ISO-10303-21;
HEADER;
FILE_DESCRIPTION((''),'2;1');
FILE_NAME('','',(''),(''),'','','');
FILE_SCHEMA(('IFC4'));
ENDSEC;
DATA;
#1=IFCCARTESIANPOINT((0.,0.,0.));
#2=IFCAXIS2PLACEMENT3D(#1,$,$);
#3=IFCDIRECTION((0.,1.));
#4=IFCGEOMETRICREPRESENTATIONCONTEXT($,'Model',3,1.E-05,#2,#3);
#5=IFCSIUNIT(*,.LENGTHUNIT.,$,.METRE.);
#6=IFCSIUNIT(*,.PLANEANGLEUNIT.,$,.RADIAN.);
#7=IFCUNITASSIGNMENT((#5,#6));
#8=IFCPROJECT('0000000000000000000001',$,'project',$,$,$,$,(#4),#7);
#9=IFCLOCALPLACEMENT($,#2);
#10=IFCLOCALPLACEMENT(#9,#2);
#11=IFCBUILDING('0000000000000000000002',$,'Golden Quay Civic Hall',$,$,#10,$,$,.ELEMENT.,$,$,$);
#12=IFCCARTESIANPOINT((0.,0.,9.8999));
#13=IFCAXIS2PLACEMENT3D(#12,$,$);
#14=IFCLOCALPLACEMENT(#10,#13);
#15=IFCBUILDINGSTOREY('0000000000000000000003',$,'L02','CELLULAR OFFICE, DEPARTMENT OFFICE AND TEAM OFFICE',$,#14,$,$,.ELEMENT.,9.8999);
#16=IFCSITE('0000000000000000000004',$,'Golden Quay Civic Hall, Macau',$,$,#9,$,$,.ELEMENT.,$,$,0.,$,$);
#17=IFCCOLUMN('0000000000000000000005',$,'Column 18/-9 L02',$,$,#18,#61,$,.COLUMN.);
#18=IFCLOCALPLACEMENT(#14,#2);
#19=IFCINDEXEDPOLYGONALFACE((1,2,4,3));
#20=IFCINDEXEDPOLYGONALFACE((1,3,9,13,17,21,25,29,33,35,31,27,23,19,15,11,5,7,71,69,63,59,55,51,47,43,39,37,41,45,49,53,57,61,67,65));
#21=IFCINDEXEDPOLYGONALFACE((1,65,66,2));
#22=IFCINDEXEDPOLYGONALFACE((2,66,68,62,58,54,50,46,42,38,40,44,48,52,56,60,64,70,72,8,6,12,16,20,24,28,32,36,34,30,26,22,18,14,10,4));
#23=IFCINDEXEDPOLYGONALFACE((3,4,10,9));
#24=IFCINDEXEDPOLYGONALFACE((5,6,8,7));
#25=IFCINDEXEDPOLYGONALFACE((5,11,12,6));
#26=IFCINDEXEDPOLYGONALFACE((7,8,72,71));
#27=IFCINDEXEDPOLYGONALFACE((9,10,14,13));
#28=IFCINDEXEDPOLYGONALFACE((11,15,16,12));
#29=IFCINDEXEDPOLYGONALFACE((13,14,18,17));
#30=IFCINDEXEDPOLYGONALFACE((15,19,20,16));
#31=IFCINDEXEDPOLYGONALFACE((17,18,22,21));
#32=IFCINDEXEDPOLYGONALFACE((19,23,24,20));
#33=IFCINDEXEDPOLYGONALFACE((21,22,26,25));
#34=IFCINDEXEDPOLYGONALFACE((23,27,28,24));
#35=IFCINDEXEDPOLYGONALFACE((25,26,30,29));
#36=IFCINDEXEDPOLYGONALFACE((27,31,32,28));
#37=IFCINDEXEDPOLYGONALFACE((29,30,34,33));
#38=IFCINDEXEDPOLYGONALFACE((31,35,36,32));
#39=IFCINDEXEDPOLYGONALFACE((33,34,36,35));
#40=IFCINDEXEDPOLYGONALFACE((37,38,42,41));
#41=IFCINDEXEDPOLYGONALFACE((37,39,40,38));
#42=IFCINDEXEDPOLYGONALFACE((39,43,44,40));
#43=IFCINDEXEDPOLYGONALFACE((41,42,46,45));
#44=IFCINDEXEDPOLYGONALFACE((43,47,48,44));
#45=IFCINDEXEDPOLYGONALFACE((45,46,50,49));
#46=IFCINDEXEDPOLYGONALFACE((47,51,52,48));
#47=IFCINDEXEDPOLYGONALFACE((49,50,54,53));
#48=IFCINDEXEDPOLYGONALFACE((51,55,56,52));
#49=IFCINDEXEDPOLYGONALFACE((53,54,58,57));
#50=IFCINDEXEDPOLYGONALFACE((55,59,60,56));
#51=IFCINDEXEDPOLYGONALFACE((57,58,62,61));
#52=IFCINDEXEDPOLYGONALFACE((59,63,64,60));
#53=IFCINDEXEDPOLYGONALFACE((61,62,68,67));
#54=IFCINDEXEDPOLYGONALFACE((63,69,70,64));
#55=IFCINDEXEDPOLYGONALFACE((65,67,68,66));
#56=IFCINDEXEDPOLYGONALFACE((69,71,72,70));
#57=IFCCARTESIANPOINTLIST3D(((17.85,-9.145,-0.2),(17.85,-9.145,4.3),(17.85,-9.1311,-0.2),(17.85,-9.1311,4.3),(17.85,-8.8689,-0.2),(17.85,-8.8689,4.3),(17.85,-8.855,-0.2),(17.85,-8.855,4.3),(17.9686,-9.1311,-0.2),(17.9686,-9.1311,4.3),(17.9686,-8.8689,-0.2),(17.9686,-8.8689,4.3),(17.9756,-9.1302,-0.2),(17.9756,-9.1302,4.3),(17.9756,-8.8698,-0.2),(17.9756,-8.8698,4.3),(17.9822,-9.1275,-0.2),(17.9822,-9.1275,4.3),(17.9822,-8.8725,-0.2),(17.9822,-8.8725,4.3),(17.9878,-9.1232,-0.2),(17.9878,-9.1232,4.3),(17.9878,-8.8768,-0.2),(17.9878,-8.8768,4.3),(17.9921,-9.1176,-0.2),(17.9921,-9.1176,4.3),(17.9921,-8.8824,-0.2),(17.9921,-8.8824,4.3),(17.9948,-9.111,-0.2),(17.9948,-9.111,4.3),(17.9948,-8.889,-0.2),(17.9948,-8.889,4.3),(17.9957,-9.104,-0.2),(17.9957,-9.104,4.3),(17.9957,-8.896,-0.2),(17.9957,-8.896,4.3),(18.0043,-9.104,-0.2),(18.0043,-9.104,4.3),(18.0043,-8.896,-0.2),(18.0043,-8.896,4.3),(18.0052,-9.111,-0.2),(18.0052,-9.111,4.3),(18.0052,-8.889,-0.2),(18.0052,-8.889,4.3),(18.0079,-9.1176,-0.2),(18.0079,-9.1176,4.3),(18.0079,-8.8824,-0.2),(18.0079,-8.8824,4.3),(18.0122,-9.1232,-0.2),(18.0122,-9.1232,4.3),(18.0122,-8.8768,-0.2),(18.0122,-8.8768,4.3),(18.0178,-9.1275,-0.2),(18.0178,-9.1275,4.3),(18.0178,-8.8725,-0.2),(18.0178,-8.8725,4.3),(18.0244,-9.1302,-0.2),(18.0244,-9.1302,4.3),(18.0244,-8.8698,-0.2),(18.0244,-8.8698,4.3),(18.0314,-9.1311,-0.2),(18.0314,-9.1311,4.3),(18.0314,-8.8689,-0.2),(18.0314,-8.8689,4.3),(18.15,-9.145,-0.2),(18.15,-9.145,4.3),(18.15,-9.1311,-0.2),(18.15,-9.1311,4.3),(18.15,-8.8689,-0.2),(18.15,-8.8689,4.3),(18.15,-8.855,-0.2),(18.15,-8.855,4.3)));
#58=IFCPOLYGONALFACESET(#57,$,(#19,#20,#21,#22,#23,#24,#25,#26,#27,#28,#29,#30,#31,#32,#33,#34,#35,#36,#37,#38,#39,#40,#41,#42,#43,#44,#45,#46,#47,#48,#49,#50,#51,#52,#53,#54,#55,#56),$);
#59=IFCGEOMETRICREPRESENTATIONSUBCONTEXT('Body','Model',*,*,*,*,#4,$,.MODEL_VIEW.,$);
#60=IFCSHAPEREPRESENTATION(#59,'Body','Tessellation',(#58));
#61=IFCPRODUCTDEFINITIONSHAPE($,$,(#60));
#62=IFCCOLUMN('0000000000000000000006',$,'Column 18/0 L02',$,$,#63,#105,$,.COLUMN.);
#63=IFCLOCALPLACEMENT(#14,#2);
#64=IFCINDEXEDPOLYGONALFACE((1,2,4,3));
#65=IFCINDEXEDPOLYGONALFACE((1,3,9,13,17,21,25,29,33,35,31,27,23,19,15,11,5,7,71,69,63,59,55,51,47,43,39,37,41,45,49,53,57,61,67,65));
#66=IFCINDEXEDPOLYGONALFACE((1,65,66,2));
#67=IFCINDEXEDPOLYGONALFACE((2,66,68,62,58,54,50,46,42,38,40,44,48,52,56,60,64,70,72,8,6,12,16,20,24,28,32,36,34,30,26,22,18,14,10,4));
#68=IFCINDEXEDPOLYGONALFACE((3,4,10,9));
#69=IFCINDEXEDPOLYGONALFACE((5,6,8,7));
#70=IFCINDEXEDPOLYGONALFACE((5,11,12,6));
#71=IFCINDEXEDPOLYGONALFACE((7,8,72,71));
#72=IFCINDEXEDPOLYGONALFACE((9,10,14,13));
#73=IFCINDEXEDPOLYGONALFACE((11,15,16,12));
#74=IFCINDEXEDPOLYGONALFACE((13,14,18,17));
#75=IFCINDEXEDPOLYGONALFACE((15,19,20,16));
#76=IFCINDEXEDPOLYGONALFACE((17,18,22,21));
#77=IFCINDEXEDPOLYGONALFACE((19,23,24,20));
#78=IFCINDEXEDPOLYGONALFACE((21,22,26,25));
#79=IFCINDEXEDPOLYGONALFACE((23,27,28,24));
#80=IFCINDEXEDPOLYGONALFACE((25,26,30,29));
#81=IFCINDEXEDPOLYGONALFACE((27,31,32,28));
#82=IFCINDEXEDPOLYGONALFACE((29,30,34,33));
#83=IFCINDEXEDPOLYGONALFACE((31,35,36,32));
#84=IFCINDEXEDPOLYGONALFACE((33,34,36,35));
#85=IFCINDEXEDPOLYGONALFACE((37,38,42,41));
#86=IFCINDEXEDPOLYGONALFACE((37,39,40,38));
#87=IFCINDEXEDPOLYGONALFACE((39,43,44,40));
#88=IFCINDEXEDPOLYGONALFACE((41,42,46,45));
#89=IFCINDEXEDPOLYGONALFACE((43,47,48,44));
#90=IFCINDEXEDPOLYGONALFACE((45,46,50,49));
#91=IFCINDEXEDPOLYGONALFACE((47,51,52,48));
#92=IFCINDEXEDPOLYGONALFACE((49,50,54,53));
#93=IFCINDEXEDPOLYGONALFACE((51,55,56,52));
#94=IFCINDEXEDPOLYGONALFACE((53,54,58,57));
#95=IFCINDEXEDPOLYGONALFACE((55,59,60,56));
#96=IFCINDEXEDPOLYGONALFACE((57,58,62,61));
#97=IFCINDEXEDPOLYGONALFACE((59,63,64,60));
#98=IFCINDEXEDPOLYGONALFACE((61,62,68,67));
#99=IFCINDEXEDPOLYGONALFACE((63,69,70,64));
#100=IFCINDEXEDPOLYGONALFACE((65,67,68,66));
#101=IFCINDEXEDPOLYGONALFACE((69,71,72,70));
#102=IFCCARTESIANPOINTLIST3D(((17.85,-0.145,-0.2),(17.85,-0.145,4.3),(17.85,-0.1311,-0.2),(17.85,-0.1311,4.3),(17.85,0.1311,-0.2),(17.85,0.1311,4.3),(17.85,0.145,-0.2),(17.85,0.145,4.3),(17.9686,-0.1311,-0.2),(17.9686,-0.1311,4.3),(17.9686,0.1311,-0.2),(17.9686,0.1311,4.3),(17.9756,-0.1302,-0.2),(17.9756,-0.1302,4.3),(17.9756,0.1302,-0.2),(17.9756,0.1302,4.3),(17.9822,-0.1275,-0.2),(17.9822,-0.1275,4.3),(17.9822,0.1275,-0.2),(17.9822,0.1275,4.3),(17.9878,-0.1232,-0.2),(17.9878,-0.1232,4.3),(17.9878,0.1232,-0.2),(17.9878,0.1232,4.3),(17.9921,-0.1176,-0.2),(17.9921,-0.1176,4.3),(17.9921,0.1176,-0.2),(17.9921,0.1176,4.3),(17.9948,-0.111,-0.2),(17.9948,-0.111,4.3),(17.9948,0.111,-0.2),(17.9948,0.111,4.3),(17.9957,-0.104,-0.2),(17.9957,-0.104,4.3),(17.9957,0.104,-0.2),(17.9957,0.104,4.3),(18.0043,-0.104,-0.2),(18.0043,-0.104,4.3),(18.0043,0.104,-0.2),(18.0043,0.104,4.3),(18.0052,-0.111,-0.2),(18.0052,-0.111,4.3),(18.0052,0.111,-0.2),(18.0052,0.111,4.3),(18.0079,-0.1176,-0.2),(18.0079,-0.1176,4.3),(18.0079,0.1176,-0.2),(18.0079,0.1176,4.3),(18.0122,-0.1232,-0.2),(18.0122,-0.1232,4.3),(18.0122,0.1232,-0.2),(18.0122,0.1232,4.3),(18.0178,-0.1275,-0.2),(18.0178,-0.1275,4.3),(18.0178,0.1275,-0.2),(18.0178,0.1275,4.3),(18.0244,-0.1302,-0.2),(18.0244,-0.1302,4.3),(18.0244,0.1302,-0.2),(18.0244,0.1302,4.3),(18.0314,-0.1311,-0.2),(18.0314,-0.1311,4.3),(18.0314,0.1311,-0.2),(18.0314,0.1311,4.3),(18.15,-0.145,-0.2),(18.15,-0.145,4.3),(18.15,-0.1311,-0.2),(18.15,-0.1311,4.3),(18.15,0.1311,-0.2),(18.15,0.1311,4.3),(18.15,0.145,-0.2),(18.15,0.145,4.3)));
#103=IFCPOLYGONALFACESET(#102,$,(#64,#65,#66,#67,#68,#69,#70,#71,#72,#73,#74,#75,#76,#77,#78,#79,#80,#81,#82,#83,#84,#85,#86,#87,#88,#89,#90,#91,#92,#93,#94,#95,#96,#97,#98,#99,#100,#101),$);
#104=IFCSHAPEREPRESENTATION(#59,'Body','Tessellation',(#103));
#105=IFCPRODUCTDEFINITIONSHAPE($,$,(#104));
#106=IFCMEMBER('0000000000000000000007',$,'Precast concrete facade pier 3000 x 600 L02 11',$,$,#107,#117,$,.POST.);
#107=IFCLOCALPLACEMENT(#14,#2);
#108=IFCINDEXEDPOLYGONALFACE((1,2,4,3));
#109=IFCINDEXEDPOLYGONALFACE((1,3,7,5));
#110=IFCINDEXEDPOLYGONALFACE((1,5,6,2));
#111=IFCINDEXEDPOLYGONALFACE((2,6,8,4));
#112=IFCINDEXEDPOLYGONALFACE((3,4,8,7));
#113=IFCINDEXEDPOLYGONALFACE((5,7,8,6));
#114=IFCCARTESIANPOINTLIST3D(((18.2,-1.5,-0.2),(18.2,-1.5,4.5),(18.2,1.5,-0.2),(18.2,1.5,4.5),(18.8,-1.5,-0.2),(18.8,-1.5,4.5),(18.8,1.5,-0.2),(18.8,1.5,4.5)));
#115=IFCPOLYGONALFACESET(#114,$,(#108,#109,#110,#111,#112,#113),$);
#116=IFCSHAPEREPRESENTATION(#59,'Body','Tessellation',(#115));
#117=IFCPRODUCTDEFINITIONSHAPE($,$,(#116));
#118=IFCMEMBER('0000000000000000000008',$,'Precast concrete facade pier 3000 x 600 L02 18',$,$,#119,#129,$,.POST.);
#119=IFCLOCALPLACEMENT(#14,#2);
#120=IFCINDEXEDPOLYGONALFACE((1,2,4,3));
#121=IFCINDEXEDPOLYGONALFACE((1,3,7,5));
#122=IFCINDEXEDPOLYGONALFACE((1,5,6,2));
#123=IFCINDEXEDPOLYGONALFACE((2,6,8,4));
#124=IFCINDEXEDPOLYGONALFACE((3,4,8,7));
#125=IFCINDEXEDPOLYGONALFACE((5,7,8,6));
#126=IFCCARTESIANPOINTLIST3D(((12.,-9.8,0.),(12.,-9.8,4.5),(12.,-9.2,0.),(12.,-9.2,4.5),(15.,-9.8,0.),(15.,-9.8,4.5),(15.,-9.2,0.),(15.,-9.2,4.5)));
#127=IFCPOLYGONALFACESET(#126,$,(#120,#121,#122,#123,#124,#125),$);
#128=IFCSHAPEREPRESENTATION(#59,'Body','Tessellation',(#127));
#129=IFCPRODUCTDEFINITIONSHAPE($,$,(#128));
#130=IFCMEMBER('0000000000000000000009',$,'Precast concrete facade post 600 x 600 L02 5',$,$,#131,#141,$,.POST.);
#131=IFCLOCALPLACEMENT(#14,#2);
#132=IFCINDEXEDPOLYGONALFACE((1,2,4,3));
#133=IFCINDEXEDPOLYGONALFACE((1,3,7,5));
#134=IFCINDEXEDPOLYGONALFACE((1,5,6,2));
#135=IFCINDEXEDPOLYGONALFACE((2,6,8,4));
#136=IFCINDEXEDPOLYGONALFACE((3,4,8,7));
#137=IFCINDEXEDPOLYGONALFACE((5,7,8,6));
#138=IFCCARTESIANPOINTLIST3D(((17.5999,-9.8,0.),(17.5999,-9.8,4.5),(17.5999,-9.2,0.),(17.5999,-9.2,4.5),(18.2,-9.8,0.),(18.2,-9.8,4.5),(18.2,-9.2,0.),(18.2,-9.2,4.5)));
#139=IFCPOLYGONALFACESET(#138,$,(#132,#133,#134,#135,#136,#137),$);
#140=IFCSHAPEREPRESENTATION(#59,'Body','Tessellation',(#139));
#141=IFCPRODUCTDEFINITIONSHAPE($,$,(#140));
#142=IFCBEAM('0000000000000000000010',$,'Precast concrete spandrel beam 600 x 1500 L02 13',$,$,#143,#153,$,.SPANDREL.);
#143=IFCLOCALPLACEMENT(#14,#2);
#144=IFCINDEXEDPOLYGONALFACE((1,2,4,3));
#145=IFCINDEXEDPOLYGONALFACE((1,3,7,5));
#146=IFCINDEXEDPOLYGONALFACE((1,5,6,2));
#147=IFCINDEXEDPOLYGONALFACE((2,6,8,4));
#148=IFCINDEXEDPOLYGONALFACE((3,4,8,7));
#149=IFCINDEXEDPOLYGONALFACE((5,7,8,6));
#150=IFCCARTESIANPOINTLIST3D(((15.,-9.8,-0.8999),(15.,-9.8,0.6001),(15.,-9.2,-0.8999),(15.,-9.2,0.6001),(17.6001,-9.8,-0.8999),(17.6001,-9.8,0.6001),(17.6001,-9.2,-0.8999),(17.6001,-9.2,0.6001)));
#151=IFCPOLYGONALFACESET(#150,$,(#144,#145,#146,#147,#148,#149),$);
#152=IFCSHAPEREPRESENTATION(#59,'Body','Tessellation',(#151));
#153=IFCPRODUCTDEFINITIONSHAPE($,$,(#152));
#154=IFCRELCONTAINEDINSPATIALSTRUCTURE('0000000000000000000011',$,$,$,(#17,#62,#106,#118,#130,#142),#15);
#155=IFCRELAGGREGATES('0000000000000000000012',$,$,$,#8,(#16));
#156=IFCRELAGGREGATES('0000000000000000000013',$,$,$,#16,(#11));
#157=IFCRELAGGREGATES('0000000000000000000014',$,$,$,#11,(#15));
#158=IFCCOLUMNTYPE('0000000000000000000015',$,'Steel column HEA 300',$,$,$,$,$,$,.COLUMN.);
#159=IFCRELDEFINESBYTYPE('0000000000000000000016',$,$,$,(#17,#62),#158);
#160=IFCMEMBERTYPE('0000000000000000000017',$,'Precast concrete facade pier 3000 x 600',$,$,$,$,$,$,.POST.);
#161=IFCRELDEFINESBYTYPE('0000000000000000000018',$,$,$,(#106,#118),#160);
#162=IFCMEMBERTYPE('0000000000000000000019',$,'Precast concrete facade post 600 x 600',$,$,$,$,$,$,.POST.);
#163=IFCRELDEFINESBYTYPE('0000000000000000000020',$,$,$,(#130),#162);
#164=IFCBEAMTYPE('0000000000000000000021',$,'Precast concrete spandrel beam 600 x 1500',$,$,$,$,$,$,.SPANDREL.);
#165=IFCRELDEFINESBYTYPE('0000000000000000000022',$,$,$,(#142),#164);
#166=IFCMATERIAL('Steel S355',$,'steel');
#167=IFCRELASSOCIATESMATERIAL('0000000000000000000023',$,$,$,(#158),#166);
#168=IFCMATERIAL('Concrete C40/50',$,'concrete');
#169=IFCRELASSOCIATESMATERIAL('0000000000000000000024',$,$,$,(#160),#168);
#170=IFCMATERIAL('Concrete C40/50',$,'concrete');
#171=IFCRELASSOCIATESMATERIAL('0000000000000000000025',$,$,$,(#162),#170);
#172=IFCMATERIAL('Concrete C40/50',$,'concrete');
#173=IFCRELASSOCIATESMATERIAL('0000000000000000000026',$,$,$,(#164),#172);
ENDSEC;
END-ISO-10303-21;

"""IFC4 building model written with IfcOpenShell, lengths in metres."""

from ifc_helpers import new_model, si_unit, direction, frame, origin, origin_2d, place, context, subcontext, project, spatial, rectangle, i_section, extrude, material, material_profile, profile_set, type_object, element, save


model = new_model("IFC4")

# Units and contexts
model_context = context("Model", 3, precision=1e-05, world=origin(), true_north=direction((0.0, 1.0)))
body_context = subcontext(model_context, "Body", "Model", "MODEL_VIEW")
ifc_project = project(units=[si_unit("LENGTHUNIT", "METRE"), si_unit("PLANEANGLEUNIT", "RADIAN")], contexts=[model_context])

# Site, building, storey
site_placement = place(None, origin())
site = spatial("IfcSite", under=ifc_project, at=site_placement, Name="Golden Quay Civic Hall, Macau", CompositionType="ELEMENT", RefElevation=0.0)
building_placement = place(site_placement, origin())
building = spatial("IfcBuilding", under=site, at=building_placement, Name="Golden Quay Civic Hall", CompositionType="ELEMENT")
storey_placement = place(building_placement, frame((0.0, 0.0, 9.8999)))
storey = spatial("IfcBuildingStorey", under=building, at=storey_placement, Name="L02", Description="CELLULAR OFFICE, DEPARTMENT OFFICE AND TEAM OFFICE", CompositionType="ELEMENT", Elevation=9.8999)

# Columns
ifc_material_1 = material(Name="Steel S355", Category="steel")
ifc_material_profile_1 = material_profile(ifc_material_1, i_section(OverallWidth=0.3, OverallDepth=0.29, WebThickness=0.0085, FlangeThickness=0.0139, FilletRadius=0.0271, at=origin_2d()), Name="HEA 300")
ifc_profile_set_1 = profile_set([ifc_material_profile_1], Name="Steel S355")
column_type = type_object("IfcColumnType", Name="Steel column HEA 300", PredefinedType="COLUMN", material=ifc_profile_set_1)
for number, where, z_axis, x_axis, name in (
    (1, (18.0, -9.0, -0.2), (0.0, 0.0, 1.0), (1.0, 0.0, 0.0), "Column 18/-9 L02"),
    (2, (18.0, 0.0, -0.2), (0.0, 0.0, 1.0), (1.0, 0.0, 0.0), "Column 18/0 L02"),
):
    element("IfcColumn", number, at=place(storey_placement, frame(where, z_axis=z_axis, x_axis=x_axis)), inside=storey, type_object=column_type, Name=name, PredefinedType="COLUMN", context=body_context, shape_type="SweptSolid", body=[
        extrude(i_section(OverallWidth=0.3, OverallDepth=0.29, WebThickness=0.0085, FlangeThickness=0.0139, FilletRadius=0.0271, at=origin_2d()), origin(), (0.0, 0.0, 1.0), 4.5),
    ])

# Members
ifc_material_2 = material(Name="Concrete C40/50", Category="concrete")
ifc_material_profile_2 = material_profile(ifc_material_2, rectangle(XDim=3.0, YDim=0.6001, at=origin_2d()), Name="RC 3000x600")
ifc_profile_set_2 = profile_set([ifc_material_profile_2], Name="Concrete C40/50")
member_type_1 = type_object("IfcMemberType", Name="Precast concrete facade pier 3000 x 600", PredefinedType="POST", material=ifc_profile_set_2)
member_1_placement = place(storey_placement, frame((18.5, 0.0, -0.2), z_axis=(0.0, 0.0, 1.0), x_axis=(0.0, 1.0, 0.0)))
element("IfcMember", 3, at=member_1_placement, inside=storey, type_object=member_type_1, Name="Precast concrete facade pier 3000 x 600 L02 11", PredefinedType="POST", context=body_context, shape_type="SweptSolid", body=[
    extrude(rectangle(XDim=3.0, YDim=0.6001, at=origin_2d()), origin(), (0.0, 0.0, 1.0), 4.7),
])
member_2_placement = place(storey_placement, frame((13.5, -9.5, 0.0), z_axis=(0.0, 0.0, 1.0), x_axis=(1.0, 0.0, 0.0)))
element("IfcMember", 4, at=member_2_placement, inside=storey, type_object=member_type_1, Name="Precast concrete facade pier 3000 x 600 L02 18", PredefinedType="POST", context=body_context, shape_type="SweptSolid", body=[
    extrude(rectangle(XDim=3.0, YDim=0.6001, at=origin_2d()), origin(), (0.0, 0.0, 1.0), 4.5),
])
ifc_material_3 = material(Name="Concrete C40/50", Category="concrete")
ifc_material_profile_3 = material_profile(ifc_material_3, rectangle(XDim=0.6001, YDim=0.6001, at=origin_2d()), Name="RC 600x600")
ifc_profile_set_3 = profile_set([ifc_material_profile_3], Name="Concrete C40/50")
member_type_2 = type_object("IfcMemberType", Name="Precast concrete facade post 600 x 600", PredefinedType="POST", material=ifc_profile_set_3)
member_3_placement = place(storey_placement, frame((17.8999, -9.5, 0.0), z_axis=(0.0, 0.0, 1.0), x_axis=(1.0, 0.0, 0.0)))
element("IfcMember", 5, at=member_3_placement, inside=storey, type_object=member_type_2, Name="Precast concrete facade post 600 x 600 L02 5", PredefinedType="POST", context=body_context, shape_type="SweptSolid", body=[
    extrude(rectangle(XDim=0.6001, YDim=0.6001, at=origin_2d()), origin(), (0.0, 0.0, 1.0), 4.5),
])

# Beam
ifc_material_4 = material(Name="Concrete C40/50", Category="concrete")
ifc_material_profile_4 = material_profile(ifc_material_4, rectangle(XDim=0.6001, YDim=1.5, at=origin_2d()), Name="RC 600x1500")
ifc_profile_set_4 = profile_set([ifc_material_profile_4], Name="Concrete C40/50")
beam_type_1 = type_object("IfcBeamType", Name="Precast concrete spandrel beam 600 x 1500", PredefinedType="SPANDREL", material=ifc_profile_set_4)
beam_1_placement = place(storey_placement, frame((15.0, -9.5, -0.1499), z_axis=(1.0, 0.0, 0.0), x_axis=(0.0, 1.0, 0.0)))
element("IfcBeam", 6, at=beam_1_placement, inside=storey, type_object=beam_type_1, Name="Precast concrete spandrel beam 600 x 1500 L02 13", PredefinedType="SPANDREL", context=body_context, shape_type="SweptSolid", body=[
    extrude(rectangle(XDim=0.6001, YDim=1.5, at=origin_2d()), origin(), (0.0, 0.0, 1.0), 2.6001),
])

save(model, "model.ifc")
